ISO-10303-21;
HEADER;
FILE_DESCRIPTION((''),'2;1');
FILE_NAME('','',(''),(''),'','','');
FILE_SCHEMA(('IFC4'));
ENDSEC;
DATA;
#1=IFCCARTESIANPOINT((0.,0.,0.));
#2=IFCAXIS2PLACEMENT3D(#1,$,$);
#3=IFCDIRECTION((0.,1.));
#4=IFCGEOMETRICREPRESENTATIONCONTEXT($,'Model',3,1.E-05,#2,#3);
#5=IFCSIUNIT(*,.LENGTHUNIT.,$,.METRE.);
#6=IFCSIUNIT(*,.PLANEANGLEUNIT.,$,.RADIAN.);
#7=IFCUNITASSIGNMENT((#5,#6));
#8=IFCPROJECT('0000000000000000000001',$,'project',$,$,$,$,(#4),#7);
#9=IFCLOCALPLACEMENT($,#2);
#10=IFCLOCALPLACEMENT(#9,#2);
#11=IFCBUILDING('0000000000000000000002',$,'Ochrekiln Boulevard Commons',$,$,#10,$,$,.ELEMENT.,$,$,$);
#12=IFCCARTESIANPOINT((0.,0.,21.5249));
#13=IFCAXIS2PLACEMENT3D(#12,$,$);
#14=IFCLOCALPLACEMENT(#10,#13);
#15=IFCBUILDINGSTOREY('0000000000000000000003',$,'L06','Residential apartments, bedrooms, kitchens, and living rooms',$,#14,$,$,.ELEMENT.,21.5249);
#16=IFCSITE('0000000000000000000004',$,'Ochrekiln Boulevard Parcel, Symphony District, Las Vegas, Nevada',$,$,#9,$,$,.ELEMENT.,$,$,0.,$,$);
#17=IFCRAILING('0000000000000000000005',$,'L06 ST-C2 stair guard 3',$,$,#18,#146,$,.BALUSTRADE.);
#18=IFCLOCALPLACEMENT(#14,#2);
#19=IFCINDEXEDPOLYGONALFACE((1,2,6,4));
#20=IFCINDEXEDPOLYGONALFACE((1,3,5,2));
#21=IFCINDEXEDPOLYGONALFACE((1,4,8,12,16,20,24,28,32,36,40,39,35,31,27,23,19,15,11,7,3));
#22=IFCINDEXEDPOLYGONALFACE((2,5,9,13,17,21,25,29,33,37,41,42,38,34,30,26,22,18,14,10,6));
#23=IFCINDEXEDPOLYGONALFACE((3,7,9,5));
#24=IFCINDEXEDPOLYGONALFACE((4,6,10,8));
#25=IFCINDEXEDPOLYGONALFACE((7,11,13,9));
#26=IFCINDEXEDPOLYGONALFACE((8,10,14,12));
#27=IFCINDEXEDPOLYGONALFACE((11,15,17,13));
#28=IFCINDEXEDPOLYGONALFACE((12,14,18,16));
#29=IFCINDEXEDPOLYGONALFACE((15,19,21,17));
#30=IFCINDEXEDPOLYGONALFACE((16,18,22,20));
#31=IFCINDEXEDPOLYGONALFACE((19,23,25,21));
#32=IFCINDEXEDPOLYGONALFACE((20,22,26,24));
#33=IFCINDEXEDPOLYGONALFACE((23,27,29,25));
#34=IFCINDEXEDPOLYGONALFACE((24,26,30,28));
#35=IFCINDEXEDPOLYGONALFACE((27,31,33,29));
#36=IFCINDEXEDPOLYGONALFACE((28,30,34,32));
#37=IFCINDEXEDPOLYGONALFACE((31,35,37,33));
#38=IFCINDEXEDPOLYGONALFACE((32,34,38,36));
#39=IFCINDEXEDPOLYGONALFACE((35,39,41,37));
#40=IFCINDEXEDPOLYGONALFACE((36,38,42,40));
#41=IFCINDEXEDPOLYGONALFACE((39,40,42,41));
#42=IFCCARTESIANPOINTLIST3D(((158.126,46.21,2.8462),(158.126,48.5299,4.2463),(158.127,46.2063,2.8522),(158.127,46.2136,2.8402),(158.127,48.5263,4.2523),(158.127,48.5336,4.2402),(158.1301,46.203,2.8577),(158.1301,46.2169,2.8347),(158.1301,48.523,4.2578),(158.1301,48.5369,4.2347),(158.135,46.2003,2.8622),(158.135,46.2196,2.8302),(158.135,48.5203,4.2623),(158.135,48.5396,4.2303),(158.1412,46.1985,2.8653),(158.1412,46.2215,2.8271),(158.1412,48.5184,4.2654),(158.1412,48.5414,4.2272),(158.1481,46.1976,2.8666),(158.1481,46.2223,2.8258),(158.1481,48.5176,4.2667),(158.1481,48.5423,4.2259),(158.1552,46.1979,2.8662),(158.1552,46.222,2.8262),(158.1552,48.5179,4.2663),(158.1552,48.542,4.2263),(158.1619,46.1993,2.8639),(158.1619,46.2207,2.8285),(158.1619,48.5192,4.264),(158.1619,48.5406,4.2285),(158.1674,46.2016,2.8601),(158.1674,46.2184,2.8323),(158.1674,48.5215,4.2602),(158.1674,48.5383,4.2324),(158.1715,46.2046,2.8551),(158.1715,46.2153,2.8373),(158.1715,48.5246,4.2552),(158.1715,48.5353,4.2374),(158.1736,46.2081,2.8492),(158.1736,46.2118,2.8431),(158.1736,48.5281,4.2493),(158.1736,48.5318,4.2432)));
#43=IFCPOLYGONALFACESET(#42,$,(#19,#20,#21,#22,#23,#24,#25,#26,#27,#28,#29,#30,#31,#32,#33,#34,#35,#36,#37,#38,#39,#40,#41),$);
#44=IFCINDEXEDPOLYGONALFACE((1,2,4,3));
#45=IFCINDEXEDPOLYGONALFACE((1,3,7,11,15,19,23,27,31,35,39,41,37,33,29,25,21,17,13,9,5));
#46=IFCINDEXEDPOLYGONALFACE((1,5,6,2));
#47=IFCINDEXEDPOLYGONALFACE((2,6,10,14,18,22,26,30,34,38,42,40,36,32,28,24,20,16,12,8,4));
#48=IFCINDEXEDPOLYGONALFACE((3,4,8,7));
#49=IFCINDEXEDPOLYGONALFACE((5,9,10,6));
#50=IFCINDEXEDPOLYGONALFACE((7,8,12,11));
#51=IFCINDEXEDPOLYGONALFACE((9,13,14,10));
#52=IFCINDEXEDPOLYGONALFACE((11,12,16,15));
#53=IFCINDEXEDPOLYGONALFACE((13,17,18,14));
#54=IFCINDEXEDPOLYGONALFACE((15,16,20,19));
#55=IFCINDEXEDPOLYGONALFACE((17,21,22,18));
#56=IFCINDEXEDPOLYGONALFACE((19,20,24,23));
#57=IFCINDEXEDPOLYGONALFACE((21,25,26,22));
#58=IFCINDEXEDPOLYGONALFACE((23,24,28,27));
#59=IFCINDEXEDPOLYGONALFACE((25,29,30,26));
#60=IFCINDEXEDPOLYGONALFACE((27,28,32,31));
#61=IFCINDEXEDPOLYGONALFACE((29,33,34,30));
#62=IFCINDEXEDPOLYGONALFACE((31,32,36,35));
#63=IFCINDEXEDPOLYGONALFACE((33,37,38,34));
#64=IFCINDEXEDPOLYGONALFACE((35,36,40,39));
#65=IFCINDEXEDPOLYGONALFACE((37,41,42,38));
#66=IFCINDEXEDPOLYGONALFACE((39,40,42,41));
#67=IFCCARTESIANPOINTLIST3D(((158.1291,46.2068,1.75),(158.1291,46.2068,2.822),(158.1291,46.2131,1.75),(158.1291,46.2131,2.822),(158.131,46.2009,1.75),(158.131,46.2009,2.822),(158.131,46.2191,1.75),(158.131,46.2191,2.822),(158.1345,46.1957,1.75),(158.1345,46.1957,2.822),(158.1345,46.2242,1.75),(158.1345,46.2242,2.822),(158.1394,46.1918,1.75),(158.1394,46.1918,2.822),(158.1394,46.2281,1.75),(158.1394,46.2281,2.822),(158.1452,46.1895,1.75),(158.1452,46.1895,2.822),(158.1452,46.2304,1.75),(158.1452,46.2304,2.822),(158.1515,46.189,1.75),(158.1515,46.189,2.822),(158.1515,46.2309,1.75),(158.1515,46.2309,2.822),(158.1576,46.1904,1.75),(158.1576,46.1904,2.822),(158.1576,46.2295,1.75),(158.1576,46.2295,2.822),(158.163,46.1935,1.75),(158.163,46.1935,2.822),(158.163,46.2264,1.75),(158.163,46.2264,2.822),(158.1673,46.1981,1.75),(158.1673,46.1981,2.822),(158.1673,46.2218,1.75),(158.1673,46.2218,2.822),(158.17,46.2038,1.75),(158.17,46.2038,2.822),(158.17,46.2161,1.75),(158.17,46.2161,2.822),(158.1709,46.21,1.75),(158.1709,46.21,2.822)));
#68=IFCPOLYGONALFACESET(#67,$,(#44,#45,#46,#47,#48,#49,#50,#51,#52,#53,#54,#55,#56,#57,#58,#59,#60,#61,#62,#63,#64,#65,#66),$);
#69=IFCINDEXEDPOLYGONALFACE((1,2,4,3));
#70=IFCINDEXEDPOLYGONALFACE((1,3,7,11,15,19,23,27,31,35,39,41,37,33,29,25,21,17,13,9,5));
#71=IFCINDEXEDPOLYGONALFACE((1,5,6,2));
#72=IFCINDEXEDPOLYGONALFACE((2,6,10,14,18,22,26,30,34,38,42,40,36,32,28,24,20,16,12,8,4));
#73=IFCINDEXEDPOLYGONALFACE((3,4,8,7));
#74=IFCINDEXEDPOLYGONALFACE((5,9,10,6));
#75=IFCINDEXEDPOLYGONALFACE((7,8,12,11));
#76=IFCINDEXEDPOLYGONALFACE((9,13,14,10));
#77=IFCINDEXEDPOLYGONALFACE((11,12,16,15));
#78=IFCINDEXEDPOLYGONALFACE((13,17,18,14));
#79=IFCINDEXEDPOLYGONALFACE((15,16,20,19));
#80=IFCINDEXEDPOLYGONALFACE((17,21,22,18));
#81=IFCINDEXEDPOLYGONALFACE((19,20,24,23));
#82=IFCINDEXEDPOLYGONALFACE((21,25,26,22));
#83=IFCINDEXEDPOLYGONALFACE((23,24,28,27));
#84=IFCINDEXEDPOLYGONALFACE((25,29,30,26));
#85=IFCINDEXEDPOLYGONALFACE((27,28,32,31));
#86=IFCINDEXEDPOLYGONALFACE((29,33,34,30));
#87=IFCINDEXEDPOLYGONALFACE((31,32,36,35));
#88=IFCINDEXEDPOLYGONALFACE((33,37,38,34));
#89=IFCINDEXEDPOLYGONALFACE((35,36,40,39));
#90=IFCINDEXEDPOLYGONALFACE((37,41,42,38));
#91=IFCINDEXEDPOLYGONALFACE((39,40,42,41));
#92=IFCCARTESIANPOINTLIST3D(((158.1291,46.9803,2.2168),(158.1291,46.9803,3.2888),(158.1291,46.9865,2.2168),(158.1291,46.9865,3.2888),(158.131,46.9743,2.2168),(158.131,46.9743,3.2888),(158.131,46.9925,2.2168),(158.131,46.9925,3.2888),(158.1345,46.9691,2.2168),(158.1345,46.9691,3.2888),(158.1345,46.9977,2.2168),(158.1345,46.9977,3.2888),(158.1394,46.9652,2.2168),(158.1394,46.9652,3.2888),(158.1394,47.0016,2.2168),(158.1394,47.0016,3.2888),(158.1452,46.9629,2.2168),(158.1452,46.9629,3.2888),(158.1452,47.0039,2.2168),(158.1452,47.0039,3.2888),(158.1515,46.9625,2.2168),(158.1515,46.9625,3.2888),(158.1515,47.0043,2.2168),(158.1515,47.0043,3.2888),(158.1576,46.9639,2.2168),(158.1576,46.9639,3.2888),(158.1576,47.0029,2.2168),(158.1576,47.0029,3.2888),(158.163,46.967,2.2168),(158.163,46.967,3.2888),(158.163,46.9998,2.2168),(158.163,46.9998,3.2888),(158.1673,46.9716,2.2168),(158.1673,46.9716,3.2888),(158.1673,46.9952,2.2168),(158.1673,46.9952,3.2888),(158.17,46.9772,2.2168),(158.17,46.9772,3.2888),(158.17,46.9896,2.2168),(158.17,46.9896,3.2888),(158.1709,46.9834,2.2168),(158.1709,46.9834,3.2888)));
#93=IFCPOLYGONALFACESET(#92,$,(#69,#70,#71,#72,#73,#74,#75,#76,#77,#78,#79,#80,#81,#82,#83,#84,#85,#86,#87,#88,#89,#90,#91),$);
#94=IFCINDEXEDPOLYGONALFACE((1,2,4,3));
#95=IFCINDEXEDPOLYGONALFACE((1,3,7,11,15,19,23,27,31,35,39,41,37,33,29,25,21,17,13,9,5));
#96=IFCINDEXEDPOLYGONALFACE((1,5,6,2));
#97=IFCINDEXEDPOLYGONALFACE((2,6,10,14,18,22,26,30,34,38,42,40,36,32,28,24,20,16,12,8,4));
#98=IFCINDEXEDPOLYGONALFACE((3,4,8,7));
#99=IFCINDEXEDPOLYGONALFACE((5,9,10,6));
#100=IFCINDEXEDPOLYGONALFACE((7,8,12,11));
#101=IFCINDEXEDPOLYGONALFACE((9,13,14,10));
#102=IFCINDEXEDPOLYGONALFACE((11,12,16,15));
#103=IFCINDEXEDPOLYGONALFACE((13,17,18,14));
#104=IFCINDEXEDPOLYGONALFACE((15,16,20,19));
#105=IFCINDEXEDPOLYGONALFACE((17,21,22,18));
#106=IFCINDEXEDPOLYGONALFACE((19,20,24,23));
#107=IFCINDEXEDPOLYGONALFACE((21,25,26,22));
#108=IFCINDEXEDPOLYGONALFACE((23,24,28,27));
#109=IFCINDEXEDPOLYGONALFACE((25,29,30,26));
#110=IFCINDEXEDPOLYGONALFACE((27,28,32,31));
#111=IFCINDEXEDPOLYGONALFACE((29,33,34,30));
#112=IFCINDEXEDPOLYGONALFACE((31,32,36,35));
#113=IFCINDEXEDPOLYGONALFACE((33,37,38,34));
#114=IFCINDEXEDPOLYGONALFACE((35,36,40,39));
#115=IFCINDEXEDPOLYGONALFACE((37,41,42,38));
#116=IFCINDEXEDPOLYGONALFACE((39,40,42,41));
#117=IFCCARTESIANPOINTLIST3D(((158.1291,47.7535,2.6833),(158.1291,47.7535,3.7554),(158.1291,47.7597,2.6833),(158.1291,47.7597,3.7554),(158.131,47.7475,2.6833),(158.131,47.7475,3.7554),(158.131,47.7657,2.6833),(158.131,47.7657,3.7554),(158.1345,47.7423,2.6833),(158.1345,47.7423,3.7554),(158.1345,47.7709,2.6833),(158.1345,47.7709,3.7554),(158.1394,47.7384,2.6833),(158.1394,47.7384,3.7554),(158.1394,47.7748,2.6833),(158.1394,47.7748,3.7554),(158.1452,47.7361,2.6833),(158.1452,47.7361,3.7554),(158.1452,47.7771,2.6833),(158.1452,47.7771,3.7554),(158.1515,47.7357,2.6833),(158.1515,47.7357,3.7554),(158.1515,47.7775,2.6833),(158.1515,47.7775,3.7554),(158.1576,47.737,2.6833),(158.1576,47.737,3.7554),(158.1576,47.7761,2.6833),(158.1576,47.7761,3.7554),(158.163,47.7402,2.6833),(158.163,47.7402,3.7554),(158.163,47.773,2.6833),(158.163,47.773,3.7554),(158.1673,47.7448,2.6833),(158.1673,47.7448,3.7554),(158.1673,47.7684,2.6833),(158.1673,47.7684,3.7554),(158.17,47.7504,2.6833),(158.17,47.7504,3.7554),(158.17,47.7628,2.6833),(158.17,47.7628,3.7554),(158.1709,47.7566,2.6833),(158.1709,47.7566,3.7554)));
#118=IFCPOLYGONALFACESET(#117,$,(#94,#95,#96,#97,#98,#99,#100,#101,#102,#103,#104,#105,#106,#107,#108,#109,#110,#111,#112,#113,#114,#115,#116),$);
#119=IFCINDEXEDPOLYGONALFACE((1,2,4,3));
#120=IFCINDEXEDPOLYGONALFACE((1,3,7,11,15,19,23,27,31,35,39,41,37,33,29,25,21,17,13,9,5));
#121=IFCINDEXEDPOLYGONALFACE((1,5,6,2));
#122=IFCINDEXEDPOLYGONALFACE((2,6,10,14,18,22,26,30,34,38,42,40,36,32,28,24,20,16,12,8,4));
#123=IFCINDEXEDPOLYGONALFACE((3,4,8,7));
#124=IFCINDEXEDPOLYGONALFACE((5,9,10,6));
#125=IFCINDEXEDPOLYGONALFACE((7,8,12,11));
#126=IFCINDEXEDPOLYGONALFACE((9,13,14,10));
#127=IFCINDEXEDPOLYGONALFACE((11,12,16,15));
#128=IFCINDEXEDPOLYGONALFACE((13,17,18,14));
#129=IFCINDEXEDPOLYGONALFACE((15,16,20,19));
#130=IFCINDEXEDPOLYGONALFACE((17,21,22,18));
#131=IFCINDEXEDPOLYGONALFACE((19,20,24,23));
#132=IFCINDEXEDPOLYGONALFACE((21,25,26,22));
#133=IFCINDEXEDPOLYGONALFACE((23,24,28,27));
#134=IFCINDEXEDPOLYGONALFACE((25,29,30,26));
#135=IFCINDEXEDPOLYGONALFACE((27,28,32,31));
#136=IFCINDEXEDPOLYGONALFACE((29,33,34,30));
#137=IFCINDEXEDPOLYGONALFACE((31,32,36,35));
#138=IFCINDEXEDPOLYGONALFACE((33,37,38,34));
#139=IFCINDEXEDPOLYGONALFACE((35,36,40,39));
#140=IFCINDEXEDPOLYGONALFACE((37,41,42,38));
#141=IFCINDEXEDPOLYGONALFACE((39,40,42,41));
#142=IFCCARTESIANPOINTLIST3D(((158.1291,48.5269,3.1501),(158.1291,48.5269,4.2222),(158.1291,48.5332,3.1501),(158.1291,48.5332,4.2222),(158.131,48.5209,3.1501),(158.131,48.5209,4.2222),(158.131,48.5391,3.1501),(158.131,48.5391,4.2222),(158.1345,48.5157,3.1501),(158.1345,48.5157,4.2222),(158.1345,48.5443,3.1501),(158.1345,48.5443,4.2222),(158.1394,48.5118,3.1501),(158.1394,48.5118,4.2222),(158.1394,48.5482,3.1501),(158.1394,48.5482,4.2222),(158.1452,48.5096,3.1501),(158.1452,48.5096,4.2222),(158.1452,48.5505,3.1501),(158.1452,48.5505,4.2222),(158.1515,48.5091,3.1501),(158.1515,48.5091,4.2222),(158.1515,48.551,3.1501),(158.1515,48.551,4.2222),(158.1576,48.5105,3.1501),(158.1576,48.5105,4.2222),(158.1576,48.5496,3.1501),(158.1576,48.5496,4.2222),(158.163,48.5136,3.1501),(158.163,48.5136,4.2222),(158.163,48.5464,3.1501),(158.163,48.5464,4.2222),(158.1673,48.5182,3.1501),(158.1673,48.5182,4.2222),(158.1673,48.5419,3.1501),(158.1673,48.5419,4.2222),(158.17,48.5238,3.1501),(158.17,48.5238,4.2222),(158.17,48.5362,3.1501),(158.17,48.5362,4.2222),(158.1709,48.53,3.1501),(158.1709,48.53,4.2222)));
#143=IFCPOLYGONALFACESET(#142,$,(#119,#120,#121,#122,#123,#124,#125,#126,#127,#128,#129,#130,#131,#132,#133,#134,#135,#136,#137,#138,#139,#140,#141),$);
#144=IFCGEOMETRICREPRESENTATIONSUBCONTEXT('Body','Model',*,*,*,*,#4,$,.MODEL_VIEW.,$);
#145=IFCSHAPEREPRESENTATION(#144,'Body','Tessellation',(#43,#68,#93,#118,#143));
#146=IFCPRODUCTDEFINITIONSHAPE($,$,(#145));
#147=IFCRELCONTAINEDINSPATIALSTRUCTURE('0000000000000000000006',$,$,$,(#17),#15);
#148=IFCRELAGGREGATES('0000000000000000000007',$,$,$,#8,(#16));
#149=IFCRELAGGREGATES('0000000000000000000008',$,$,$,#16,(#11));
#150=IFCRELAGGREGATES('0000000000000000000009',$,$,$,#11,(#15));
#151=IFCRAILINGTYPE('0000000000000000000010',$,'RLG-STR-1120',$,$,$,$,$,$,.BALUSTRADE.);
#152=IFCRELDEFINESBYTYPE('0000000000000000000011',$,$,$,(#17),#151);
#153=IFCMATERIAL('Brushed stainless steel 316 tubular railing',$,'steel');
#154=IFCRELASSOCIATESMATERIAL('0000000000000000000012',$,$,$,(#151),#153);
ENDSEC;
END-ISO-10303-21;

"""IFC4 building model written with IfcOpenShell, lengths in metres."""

from ifc_helpers import new_model, si_unit, direction, frame, origin, origin_2d, place, context, subcontext, project, spatial, circle, extrude, material, type_object, element, save


model = new_model("IFC4")

# Units and contexts
model_context = context("Model", 3, precision=1e-05, world=origin(), true_north=direction((0.0, 1.0)))
body_context = subcontext(model_context, "Body", "Model", "MODEL_VIEW")
ifc_project = project(units=[si_unit("LENGTHUNIT", "METRE"), si_unit("PLANEANGLEUNIT", "RADIAN")], contexts=[model_context])

# Site, building, storey
site_placement = place(None, origin())
site = spatial("IfcSite", under=ifc_project, at=site_placement, Name="Ochrekiln Boulevard Parcel, Symphony District, Las Vegas, Nevada", CompositionType="ELEMENT", RefElevation=0.0)
building_placement = place(site_placement, origin())
building = spatial("IfcBuilding", under=site, at=building_placement, Name="Ochrekiln Boulevard Commons", CompositionType="ELEMENT")
storey_placement = place(building_placement, frame((0.0, 0.0, 21.5249)))
storey = spatial("IfcBuildingStorey", under=building, at=storey_placement, Name="L06", Description="Residential apartments, bedrooms, kitchens, and living rooms", CompositionType="ELEMENT", Elevation=21.5249)

# Railing
ifc_material_1 = material(Name="Brushed stainless steel 316 tubular railing", Category="steel")
railing_type_1 = type_object("IfcRailingType", Name="RLG-STR-1120", PredefinedType="BALUSTRADE", material=ifc_material_1)
railing_1_placement = place(storey_placement, frame((158.1499, 46.21, 1.75)))
element("IfcRailing", 1, at=railing_1_placement, inside=storey, type_object=railing_type_1, Name="L06 ST-C2 stair guard 3", PredefinedType="BALUSTRADE", context=body_context, shape_type="SweptSolid", body=[
    extrude(circle(Radius=0.0239, at=origin_2d()), frame((0.0, 0.0, 1.0962), z_axis=(0.0, 0.85617, 0.516693), x_axis=(-1.0, 0.0, 0.0)), (0.0, 0.0, 1.0), 2.7097),
    extrude(circle(Radius=0.021, at=origin_2d()), origin(), (0.0, 0.0, 1.0), 1.072),
    extrude(circle(Radius=0.021, at=origin_2d()), frame((0.0, 0.7734, 0.4668)), (0.0, 0.0, 1.0), 1.072),
    extrude(circle(Radius=0.021, at=origin_2d()), frame((0.0, 1.5466, 0.9333)), (0.0, 0.0, 1.0), 1.072),
    extrude(circle(Radius=0.021, at=origin_2d()), frame((0.0, 2.3201, 1.4001)), (0.0, 0.0, 1.0), 1.072),
])

save(model, "model.ifc")
